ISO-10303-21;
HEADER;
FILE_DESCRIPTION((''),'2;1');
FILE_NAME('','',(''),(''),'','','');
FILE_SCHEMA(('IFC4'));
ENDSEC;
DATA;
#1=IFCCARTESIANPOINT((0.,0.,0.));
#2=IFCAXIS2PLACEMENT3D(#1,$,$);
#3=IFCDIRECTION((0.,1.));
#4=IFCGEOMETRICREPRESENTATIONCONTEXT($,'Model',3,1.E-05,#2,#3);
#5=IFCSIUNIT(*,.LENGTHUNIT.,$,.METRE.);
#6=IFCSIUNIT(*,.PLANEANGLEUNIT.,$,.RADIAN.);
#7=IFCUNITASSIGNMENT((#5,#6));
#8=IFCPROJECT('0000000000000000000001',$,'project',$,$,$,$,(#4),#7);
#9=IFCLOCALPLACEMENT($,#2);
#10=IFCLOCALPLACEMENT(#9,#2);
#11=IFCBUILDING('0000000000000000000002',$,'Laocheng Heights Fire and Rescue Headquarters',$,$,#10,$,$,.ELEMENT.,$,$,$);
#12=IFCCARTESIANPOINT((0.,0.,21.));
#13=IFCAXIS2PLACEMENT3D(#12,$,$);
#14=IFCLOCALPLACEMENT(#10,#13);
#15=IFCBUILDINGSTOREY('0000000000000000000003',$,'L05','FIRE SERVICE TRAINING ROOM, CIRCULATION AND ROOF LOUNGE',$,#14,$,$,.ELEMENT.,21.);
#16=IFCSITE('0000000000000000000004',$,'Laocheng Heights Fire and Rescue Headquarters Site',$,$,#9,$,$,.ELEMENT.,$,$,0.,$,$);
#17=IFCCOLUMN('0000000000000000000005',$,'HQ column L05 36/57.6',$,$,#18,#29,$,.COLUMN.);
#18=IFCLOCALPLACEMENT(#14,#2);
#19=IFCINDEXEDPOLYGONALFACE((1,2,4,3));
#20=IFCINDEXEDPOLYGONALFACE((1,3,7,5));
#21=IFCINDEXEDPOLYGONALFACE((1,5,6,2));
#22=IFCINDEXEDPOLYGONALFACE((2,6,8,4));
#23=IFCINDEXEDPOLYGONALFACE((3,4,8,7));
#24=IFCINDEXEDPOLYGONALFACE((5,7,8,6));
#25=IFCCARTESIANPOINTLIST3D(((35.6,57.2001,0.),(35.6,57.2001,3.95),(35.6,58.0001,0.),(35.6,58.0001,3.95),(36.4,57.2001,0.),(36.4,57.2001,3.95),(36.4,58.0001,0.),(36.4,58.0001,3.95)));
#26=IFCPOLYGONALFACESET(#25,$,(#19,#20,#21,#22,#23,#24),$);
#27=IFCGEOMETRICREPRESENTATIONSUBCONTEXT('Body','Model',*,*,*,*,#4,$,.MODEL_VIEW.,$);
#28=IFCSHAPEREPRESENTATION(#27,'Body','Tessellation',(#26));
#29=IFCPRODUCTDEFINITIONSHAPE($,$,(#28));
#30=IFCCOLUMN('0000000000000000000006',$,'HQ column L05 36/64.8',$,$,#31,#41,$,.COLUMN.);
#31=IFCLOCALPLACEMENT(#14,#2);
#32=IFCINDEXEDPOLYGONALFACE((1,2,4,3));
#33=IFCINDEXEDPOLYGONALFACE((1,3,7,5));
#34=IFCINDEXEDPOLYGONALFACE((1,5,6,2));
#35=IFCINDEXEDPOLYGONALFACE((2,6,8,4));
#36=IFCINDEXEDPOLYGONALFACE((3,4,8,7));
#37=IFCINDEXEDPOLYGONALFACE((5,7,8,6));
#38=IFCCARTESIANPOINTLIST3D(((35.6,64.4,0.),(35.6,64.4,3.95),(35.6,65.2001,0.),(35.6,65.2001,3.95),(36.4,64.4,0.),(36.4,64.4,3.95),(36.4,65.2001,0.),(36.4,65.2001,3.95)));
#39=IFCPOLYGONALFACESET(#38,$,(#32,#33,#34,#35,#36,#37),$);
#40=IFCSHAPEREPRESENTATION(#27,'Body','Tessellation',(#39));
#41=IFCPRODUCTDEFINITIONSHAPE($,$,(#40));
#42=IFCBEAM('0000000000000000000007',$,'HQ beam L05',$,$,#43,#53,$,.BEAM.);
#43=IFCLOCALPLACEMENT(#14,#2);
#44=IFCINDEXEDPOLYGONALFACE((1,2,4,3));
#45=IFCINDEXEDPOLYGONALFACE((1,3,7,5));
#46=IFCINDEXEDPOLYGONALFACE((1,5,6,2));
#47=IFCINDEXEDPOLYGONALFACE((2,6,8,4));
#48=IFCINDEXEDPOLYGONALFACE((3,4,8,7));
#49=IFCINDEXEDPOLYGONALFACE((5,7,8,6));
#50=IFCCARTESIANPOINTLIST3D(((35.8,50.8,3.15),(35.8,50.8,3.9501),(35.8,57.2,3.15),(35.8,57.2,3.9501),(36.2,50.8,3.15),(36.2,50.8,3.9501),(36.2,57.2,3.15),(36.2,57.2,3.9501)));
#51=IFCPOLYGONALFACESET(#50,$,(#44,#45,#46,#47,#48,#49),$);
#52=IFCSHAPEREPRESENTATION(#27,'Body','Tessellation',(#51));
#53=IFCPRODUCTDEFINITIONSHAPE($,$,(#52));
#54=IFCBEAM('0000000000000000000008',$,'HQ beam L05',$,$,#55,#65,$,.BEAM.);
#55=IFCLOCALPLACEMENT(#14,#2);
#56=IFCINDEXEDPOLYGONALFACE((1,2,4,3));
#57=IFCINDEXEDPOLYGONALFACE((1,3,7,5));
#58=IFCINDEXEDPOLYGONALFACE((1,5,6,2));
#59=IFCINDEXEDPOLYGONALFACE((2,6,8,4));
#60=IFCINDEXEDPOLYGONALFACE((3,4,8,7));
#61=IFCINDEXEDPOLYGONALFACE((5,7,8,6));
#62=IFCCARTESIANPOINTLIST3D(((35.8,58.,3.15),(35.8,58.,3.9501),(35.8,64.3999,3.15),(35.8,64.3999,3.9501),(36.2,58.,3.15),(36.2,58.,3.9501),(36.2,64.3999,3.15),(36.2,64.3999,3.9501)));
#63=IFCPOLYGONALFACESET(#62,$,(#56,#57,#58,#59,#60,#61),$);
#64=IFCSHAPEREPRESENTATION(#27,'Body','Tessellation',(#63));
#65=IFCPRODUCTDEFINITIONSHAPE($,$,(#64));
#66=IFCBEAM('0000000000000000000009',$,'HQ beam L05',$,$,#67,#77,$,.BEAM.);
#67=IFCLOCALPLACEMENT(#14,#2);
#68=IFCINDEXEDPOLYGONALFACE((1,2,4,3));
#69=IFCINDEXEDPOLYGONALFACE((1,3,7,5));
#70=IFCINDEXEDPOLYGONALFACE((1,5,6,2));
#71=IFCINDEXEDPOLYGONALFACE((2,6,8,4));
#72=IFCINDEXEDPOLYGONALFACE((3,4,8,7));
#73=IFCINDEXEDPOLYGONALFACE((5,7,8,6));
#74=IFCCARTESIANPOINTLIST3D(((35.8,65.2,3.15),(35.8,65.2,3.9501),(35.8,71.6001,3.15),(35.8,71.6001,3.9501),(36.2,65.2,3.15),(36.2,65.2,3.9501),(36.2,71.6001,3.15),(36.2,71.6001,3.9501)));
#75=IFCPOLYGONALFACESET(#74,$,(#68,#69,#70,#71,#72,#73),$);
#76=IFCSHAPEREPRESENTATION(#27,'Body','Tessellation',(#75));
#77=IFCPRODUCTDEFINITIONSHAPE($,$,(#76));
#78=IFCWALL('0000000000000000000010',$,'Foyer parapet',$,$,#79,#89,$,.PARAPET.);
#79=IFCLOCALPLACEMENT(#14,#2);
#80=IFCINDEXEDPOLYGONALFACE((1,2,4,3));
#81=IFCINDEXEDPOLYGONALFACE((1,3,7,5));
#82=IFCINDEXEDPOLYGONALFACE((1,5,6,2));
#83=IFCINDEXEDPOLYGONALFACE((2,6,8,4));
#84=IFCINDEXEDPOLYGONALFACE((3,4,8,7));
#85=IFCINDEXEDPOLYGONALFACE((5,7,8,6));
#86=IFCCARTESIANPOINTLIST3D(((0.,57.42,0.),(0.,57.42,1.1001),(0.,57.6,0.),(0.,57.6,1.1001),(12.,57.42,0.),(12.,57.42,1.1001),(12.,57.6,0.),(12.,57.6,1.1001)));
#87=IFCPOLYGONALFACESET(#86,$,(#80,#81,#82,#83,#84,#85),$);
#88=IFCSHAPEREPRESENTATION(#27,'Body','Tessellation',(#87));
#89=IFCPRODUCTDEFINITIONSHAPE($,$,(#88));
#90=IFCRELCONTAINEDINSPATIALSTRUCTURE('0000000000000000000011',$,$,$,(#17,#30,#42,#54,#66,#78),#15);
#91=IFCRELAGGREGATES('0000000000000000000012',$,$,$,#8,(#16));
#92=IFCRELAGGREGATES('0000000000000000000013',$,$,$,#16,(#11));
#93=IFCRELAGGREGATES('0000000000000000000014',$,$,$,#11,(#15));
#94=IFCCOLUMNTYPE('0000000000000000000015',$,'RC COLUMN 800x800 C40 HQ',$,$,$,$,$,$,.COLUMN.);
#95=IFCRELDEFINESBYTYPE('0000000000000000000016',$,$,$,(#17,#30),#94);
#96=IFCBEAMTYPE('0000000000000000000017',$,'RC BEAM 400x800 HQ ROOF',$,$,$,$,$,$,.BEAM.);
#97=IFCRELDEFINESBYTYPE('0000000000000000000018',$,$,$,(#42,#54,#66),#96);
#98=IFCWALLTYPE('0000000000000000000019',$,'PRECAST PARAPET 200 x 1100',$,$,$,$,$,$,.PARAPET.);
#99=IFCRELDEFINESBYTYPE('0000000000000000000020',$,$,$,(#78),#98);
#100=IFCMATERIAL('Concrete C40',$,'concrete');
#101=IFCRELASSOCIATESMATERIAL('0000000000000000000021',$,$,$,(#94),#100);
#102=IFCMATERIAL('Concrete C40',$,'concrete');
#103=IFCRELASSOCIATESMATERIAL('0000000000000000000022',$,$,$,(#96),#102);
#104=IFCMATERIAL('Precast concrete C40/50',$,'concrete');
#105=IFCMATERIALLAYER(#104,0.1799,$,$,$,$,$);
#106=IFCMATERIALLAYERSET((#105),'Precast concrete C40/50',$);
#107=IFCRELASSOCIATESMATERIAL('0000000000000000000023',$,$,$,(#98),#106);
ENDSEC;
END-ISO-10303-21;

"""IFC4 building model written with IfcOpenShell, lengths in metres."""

from ifc_helpers import new_model, si_unit, direction, frame, frame_2d, origin, origin_2d, place, context, subcontext, project, spatial, rectangle, extrude, material, layer, layer_set, material_profile, profile_set, type_object, element, save


model = new_model("IFC4")

# Units and contexts
model_context = context("Model", 3, precision=1e-05, world=origin(), true_north=direction((0.0, 1.0)))
body_context = subcontext(model_context, "Body", "Model", "MODEL_VIEW")
ifc_project = project(units=[si_unit("LENGTHUNIT", "METRE"), si_unit("PLANEANGLEUNIT", "RADIAN")], contexts=[model_context])

# Site, building, storey
site_placement = place(None, origin())
site = spatial("IfcSite", under=ifc_project, at=site_placement, Name="Laocheng Heights Fire and Rescue Headquarters Site", CompositionType="ELEMENT", RefElevation=0.0)
building_placement = place(site_placement, origin())
building = spatial("IfcBuilding", under=site, at=building_placement, Name="Laocheng Heights Fire and Rescue Headquarters", CompositionType="ELEMENT")
storey_placement = place(building_placement, frame((0.0, 0.0, 21.0)))
storey = spatial("IfcBuildingStorey", under=building, at=storey_placement, Name="L05", Description="FIRE SERVICE TRAINING ROOM, CIRCULATION AND ROOF LOUNGE", CompositionType="ELEMENT", Elevation=21.0)

# Columns
ifc_material_1 = material(Name="Concrete C40", Category="concrete")
ifc_material_profile_1 = material_profile(ifc_material_1, rectangle(XDim=0.8, YDim=0.8, at=origin_2d()), Name="RC COLUMN 800x800 C40 HQ")
ifc_profile_set_1 = profile_set([ifc_material_profile_1], Name="Concrete C40")
column_type = type_object("IfcColumnType", Name="RC COLUMN 800x800 C40 HQ", PredefinedType="COLUMN", material=ifc_profile_set_1)
for number, where, z_axis, x_axis, name in (
    (1, (36.0, 57.6001, 0.0), (0.0, 0.0, 1.0), (1.0, 0.0, 0.0), "HQ column L05 36/57.6"),
    (2, (36.0, 64.8, 0.0), (0.0, 0.0, 1.0), (1.0, 0.0, 0.0), "HQ column L05 36/64.8"),
):
    element("IfcColumn", number, at=place(storey_placement, frame(where, z_axis=z_axis, x_axis=x_axis)), inside=storey, type_object=column_type, Name=name, PredefinedType="COLUMN", context=body_context, shape_type="SweptSolid", body=[
        extrude(rectangle(XDim=0.8, YDim=0.8, at=origin_2d()), origin(), (0.0, 0.0, 1.0), 3.95),
    ])

# Beams
ifc_material_2 = material(Name="Concrete C40", Category="concrete")
ifc_material_profile_2 = material_profile(ifc_material_2, rectangle(XDim=0.3999, YDim=0.8, at=origin_2d()), Name="RC BEAM 400x800 HQ ROOF")
ifc_profile_set_2 = profile_set([ifc_material_profile_2], Name="Concrete C40")
beam_type = type_object("IfcBeamType", Name="RC BEAM 400x800 HQ ROOF", PredefinedType="BEAM", material=ifc_profile_set_2)
for number, where, z_axis, x_axis, name in (
    (3, (36.0, 50.8, 3.55), (0.0, 1.0, 0.0), (-1.0, 0.0, 0.0), "HQ beam L05"),
    (4, (36.0, 58.0, 3.55), (0.0, 1.0, 0.0), (-1.0, 0.0, 0.0), "HQ beam L05"),
):
    element("IfcBeam", number, at=place(storey_placement, frame(where, z_axis=z_axis, x_axis=x_axis)), inside=storey, type_object=beam_type, Name=name, PredefinedType="BEAM", context=body_context, shape_type="SweptSolid", body=[
        extrude(rectangle(XDim=0.3999, YDim=0.8, at=origin_2d()), origin(), (0.0, 0.0, 1.0), 6.3999),
    ])
beam_placement = place(storey_placement, frame((36.0, 65.2, 3.55), z_axis=(0.0, 1.0, 0.0), x_axis=(-1.0, 0.0, 0.0)))
element("IfcBeam", 5, at=beam_placement, inside=storey, type_object=beam_type, Name="HQ beam L05", PredefinedType="BEAM", context=body_context, shape_type="SweptSolid", body=[
    extrude(rectangle(XDim=0.3999, YDim=0.8, at=origin_2d()), origin(), (0.0, 0.0, 1.0), 6.4001),
])

# Wall
ifc_material_3 = material(Name="Precast concrete C40/50", Category="concrete")
ifc_layer_1 = layer(ifc_material_3, 0.1799)
ifc_layer_set_1 = layer_set([ifc_layer_1], Name="Precast concrete C40/50")
wall_type_1 = type_object("IfcWallType", Name="PRECAST PARAPET 200 x 1100", PredefinedType="PARAPET", material=ifc_layer_set_1)
wall_1_placement = place(storey_placement, frame((0.0, 57.51, 0.0), z_axis=(0.0, 0.0, 1.0), x_axis=(1.0, 0.0, 0.0)))
element("IfcWall", 6, at=wall_1_placement, inside=storey, type_object=wall_type_1, Name="Foyer parapet", PredefinedType="PARAPET", context=body_context, shape_type="SweptSolid", body=[
    extrude(rectangle(XDim=12.0, YDim=0.1799, at=frame_2d((6.0, 0.0))), origin(), (0.0, 0.0, 1.0), 1.1001),
])

save(model, "model.ifc")
